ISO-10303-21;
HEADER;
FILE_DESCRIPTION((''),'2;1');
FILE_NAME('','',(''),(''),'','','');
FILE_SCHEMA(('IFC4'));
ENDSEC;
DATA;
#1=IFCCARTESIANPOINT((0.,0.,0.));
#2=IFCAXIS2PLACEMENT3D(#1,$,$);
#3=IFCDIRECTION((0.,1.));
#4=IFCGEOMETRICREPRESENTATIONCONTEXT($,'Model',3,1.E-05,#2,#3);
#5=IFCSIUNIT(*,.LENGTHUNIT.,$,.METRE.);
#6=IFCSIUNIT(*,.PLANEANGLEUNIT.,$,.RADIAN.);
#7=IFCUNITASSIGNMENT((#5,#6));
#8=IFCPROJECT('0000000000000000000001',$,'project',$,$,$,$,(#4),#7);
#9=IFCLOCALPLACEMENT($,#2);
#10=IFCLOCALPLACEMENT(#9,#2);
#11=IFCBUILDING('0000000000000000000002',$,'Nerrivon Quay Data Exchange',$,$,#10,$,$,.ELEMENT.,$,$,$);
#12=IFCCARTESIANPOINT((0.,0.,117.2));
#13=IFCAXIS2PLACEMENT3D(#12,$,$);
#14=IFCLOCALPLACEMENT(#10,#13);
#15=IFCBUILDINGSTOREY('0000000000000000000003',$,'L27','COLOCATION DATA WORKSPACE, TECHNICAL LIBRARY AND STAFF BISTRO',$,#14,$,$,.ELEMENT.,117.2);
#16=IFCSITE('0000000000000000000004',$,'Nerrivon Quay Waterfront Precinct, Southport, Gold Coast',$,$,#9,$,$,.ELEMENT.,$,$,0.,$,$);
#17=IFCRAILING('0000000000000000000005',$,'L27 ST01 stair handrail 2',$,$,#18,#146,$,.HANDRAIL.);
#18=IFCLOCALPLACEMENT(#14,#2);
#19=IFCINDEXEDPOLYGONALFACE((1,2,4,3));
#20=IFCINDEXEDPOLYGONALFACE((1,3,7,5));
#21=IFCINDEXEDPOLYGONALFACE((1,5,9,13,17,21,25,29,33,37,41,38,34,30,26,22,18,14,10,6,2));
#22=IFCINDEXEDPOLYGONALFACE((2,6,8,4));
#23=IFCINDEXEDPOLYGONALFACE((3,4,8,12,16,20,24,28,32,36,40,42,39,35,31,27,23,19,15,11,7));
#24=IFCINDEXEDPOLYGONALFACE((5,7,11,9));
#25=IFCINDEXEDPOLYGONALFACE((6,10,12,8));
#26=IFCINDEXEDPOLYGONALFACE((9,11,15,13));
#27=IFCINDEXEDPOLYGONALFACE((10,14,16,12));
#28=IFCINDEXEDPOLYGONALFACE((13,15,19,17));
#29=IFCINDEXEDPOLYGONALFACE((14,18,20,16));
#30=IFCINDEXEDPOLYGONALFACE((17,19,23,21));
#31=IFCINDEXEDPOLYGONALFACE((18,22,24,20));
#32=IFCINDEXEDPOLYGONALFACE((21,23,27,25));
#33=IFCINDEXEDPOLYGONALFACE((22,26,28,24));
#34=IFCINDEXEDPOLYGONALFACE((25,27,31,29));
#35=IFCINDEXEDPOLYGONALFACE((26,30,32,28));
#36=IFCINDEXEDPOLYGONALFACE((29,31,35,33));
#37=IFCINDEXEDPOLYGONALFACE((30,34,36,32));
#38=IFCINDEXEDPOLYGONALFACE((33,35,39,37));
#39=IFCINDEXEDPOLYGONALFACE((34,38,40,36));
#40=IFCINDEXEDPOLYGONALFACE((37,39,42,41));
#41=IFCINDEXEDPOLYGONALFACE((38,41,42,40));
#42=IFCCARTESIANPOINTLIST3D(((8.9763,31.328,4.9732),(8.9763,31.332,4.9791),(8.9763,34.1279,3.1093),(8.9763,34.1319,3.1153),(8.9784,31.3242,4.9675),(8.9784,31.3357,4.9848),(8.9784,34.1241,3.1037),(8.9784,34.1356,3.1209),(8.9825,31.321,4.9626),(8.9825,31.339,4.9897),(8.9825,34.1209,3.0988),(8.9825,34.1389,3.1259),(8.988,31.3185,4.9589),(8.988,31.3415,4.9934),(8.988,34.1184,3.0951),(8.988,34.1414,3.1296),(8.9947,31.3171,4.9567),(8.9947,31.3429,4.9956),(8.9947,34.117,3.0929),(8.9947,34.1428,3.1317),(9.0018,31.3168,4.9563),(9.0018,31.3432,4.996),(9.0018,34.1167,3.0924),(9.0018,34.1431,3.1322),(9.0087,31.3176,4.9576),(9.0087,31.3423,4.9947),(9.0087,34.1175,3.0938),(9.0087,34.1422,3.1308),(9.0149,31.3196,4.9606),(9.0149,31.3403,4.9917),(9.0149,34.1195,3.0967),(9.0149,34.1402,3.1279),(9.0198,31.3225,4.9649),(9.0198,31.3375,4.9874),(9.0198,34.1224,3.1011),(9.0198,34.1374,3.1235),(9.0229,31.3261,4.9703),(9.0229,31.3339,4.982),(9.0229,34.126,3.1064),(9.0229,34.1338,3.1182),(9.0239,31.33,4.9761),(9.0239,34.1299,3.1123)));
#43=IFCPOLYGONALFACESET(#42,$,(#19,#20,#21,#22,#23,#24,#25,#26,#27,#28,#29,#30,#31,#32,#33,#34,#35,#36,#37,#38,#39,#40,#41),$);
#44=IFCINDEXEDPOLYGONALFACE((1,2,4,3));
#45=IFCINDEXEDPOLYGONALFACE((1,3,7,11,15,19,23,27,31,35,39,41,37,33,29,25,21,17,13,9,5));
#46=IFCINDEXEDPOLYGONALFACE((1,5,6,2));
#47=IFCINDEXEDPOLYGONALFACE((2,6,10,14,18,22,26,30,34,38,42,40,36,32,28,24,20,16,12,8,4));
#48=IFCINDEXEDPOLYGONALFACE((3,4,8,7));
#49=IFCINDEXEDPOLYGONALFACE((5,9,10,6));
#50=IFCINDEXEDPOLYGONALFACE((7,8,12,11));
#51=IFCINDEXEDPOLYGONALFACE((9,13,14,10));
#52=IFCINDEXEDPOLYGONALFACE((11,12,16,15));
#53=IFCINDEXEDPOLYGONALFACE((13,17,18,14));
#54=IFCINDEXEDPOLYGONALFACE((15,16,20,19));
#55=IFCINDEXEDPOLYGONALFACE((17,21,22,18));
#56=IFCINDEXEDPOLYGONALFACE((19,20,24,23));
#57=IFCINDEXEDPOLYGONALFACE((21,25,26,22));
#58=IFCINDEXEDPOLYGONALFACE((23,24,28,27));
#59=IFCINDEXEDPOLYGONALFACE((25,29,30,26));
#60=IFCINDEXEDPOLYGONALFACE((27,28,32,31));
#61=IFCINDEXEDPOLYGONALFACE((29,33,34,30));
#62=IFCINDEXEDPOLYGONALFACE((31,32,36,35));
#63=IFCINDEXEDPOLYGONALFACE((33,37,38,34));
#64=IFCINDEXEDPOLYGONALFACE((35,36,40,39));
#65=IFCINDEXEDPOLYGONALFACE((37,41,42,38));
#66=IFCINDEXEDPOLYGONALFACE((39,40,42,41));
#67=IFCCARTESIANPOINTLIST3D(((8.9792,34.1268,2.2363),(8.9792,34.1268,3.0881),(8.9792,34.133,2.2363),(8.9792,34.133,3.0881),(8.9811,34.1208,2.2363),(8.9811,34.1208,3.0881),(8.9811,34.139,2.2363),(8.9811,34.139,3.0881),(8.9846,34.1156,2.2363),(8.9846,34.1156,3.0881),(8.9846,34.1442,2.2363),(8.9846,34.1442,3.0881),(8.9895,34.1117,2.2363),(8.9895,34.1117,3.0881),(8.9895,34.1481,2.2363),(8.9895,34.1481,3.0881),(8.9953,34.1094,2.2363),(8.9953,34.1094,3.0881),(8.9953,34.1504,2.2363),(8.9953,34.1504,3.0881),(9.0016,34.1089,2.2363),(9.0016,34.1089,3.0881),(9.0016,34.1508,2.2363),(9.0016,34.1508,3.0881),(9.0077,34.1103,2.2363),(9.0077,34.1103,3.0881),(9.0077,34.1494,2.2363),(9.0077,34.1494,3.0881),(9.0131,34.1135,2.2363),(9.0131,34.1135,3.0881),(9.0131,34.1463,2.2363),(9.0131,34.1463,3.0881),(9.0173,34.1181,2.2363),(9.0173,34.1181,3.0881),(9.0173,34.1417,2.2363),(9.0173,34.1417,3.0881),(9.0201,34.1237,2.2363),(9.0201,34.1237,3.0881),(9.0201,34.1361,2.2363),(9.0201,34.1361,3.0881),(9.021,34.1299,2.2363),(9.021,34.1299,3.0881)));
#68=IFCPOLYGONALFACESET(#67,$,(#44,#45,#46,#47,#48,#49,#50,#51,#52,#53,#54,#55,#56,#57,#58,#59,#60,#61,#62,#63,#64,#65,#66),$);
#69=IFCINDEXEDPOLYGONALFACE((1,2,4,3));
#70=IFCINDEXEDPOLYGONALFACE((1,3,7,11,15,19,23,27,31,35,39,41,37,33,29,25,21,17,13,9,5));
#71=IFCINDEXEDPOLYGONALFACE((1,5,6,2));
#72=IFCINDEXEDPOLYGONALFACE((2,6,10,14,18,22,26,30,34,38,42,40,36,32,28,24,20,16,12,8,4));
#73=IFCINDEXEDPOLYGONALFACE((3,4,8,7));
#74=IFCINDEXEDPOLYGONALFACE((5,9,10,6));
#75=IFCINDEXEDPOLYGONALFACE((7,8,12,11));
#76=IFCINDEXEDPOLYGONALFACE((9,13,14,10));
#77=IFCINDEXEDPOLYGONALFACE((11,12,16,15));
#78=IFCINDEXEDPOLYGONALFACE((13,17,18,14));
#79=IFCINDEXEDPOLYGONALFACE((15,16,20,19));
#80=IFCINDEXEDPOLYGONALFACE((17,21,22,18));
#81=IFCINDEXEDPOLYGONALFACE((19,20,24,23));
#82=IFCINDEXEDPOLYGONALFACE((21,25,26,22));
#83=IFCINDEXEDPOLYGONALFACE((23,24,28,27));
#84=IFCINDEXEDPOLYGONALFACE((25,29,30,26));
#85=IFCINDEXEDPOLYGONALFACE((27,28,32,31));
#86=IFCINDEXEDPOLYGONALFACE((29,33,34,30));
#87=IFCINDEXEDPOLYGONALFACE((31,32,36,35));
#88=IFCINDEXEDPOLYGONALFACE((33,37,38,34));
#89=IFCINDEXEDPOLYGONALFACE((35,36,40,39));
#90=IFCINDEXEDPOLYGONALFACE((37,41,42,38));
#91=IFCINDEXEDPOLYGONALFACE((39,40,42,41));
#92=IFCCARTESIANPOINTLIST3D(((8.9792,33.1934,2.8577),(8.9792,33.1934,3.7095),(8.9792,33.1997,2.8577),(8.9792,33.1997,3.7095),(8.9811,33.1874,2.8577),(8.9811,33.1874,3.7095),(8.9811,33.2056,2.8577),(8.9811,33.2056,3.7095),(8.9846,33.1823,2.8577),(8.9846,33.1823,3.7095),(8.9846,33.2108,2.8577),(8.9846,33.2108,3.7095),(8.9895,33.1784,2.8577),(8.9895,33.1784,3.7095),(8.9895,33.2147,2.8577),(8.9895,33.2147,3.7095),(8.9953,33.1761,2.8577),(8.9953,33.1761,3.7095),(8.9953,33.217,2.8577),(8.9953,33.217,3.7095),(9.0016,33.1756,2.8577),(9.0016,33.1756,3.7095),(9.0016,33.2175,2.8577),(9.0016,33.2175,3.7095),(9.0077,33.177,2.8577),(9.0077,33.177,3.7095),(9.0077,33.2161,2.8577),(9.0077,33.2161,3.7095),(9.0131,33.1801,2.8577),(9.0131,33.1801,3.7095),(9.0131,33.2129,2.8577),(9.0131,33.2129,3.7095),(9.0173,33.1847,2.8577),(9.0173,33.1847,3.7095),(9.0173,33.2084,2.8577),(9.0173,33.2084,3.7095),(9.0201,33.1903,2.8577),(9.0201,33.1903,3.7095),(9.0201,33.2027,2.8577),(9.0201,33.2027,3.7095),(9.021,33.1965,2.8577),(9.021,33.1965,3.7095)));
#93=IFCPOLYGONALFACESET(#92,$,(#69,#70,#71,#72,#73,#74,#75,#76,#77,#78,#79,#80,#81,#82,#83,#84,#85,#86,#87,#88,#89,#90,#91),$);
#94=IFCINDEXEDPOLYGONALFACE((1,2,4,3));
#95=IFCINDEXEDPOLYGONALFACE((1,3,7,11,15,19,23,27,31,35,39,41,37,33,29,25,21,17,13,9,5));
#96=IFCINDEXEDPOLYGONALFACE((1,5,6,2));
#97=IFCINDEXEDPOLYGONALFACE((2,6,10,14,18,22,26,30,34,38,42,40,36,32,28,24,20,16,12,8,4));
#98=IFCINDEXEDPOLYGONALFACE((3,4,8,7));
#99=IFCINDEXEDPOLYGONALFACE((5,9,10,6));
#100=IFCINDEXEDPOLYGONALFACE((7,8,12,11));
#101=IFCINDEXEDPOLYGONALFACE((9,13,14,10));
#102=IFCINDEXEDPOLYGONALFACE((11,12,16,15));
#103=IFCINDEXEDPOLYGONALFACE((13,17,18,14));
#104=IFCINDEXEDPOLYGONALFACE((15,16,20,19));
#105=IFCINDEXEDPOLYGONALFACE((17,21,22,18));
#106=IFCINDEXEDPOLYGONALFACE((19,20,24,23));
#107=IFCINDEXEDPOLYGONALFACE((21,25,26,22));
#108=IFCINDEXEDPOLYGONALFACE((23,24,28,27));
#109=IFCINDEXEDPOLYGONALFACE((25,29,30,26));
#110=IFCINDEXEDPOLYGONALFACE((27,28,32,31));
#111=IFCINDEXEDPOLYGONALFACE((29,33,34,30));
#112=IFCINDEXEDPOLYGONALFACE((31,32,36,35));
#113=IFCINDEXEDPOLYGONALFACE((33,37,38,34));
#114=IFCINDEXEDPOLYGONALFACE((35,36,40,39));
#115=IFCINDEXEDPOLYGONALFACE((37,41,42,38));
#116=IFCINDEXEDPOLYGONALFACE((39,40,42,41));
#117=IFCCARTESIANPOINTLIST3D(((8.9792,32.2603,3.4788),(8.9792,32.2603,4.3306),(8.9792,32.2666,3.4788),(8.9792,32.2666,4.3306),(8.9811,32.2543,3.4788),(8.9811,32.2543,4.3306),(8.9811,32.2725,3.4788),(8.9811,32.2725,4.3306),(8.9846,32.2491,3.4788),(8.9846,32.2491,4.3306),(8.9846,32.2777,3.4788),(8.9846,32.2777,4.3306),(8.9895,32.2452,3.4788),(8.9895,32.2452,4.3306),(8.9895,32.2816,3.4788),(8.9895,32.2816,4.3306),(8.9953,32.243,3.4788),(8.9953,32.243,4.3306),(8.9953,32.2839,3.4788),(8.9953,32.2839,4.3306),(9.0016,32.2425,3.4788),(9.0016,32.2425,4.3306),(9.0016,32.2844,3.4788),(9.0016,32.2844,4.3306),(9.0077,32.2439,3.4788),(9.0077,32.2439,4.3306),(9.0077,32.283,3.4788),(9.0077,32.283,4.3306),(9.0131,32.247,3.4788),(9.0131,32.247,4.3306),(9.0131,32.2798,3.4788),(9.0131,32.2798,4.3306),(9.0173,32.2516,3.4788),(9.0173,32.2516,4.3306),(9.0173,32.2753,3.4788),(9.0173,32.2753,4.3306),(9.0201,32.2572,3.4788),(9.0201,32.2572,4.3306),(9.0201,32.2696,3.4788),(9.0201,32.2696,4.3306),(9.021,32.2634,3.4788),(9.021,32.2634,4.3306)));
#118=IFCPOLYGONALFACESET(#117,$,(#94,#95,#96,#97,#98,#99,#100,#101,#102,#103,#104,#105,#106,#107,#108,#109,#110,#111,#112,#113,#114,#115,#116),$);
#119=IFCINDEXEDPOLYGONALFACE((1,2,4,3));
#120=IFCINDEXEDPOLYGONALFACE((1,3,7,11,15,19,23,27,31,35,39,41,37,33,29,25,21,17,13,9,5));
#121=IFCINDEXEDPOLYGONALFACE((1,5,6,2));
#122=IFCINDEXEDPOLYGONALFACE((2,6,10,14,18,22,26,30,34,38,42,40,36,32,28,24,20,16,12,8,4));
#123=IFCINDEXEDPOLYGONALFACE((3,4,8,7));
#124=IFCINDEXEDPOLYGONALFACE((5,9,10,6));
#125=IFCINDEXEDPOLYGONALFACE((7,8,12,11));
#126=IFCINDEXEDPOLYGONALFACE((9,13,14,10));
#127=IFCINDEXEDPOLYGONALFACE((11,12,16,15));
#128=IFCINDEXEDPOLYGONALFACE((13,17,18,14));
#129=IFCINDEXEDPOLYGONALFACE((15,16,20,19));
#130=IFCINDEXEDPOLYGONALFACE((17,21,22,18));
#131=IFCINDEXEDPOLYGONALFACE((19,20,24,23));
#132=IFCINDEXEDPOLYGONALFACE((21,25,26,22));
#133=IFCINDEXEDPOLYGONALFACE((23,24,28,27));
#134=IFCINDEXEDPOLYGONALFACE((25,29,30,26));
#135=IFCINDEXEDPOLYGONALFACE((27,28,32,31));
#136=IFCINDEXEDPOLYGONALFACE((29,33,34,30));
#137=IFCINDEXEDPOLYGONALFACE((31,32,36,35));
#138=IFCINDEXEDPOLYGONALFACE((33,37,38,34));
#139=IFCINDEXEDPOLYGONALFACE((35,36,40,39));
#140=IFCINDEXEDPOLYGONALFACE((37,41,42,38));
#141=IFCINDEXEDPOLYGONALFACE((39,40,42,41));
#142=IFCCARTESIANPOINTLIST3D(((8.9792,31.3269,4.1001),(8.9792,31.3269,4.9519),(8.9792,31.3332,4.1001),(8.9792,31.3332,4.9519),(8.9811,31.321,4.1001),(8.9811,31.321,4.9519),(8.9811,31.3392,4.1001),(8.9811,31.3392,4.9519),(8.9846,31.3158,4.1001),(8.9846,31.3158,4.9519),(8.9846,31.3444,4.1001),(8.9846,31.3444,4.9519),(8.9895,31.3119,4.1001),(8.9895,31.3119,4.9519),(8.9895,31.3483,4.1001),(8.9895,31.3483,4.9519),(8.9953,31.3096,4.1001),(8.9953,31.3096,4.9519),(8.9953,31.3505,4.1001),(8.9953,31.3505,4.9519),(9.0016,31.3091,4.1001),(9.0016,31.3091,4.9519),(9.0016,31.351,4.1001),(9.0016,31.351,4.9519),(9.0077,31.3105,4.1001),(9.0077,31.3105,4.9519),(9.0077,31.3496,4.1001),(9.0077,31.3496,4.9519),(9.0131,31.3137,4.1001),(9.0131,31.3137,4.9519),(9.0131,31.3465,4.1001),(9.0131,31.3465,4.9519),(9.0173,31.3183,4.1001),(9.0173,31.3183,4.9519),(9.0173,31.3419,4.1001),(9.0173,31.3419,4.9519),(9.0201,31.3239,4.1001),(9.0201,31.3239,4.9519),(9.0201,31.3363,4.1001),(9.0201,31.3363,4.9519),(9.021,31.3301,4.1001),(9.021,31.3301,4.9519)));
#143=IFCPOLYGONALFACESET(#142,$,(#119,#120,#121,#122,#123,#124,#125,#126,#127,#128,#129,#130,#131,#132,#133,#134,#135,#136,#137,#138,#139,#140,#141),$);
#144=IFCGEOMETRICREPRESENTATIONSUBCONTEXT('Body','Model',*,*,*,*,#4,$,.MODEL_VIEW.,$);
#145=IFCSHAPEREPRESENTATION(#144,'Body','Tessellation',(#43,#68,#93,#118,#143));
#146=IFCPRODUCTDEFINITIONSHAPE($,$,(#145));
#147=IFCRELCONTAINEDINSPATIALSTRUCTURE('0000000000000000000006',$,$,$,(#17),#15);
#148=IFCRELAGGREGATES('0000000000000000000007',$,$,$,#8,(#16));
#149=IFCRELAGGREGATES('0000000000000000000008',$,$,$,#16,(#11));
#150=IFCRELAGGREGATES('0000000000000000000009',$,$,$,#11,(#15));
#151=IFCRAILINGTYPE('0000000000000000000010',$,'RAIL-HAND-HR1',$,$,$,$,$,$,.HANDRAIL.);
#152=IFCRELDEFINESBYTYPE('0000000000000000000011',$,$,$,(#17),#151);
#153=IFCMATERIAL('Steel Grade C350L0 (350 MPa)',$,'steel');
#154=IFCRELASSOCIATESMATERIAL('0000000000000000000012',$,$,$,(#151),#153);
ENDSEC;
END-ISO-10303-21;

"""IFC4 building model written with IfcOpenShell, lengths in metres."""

from ifc_helpers import new_model, si_unit, direction, frame, origin, origin_2d, place, context, subcontext, project, spatial, circle, extrude, material, type_object, element, save


model = new_model("IFC4")

# Units and contexts
model_context = context("Model", 3, precision=1e-05, world=origin(), true_north=direction((0.0, 1.0)))
body_context = subcontext(model_context, "Body", "Model", "MODEL_VIEW")
ifc_project = project(units=[si_unit("LENGTHUNIT", "METRE"), si_unit("PLANEANGLEUNIT", "RADIAN")], contexts=[model_context])

# Site, building, storey
site_placement = place(None, origin())
site = spatial("IfcSite", under=ifc_project, at=site_placement, Name="Nerrivon Quay Waterfront Precinct, Southport, Gold Coast", CompositionType="ELEMENT", RefElevation=0.0)
building_placement = place(site_placement, origin())
building = spatial("IfcBuilding", under=site, at=building_placement, Name="Nerrivon Quay Data Exchange", CompositionType="ELEMENT")
storey_placement = place(building_placement, frame((0.0, 0.0, 117.2)))
storey = spatial("IfcBuildingStorey", under=building, at=storey_placement, Name="L27", Description="COLOCATION DATA WORKSPACE, TECHNICAL LIBRARY AND STAFF BISTRO", CompositionType="ELEMENT", Elevation=117.2)

# Railing
ifc_material_1 = material(Name="Steel Grade C350L0 (350 MPa)", Category="steel")
railing_type_1 = type_object("IfcRailingType", Name="RAIL-HAND-HR1", PredefinedType="HANDRAIL", material=ifc_material_1)
railing_1_placement = place(storey_placement, frame((9.0, 34.1299, 2.2363)))
element("IfcRailing", 1, at=railing_1_placement, inside=storey, type_object=railing_type_1, Name="L27 ST01 stair handrail 2", PredefinedType="HANDRAIL", context=body_context, shape_type="SweptSolid", body=[
    extrude(circle(Radius=0.0239, at=origin_2d()), frame((0.0, 0.0, 0.876), z_axis=(0.0, -0.83243, 0.554131), x_axis=(1.0, 0.0, 0.0)), (0.0, 0.0, 1.0), 3.3635),
    extrude(circle(Radius=0.021, at=origin_2d()), origin(), (0.0, 0.0, 1.0), 0.8518),
    extrude(circle(Radius=0.021, at=origin_2d()), frame((0.0, -0.9333, 0.6213)), (0.0, 0.0, 1.0), 0.8518),
    extrude(circle(Radius=0.021, at=origin_2d()), frame((0.0, -1.8665, 1.2424)), (0.0, 0.0, 1.0), 0.8518),
    extrude(circle(Radius=0.021, at=origin_2d()), frame((0.0, -2.7998, 1.8638)), (0.0, 0.0, 1.0), 0.8518),
])

save(model, "model.ifc")
